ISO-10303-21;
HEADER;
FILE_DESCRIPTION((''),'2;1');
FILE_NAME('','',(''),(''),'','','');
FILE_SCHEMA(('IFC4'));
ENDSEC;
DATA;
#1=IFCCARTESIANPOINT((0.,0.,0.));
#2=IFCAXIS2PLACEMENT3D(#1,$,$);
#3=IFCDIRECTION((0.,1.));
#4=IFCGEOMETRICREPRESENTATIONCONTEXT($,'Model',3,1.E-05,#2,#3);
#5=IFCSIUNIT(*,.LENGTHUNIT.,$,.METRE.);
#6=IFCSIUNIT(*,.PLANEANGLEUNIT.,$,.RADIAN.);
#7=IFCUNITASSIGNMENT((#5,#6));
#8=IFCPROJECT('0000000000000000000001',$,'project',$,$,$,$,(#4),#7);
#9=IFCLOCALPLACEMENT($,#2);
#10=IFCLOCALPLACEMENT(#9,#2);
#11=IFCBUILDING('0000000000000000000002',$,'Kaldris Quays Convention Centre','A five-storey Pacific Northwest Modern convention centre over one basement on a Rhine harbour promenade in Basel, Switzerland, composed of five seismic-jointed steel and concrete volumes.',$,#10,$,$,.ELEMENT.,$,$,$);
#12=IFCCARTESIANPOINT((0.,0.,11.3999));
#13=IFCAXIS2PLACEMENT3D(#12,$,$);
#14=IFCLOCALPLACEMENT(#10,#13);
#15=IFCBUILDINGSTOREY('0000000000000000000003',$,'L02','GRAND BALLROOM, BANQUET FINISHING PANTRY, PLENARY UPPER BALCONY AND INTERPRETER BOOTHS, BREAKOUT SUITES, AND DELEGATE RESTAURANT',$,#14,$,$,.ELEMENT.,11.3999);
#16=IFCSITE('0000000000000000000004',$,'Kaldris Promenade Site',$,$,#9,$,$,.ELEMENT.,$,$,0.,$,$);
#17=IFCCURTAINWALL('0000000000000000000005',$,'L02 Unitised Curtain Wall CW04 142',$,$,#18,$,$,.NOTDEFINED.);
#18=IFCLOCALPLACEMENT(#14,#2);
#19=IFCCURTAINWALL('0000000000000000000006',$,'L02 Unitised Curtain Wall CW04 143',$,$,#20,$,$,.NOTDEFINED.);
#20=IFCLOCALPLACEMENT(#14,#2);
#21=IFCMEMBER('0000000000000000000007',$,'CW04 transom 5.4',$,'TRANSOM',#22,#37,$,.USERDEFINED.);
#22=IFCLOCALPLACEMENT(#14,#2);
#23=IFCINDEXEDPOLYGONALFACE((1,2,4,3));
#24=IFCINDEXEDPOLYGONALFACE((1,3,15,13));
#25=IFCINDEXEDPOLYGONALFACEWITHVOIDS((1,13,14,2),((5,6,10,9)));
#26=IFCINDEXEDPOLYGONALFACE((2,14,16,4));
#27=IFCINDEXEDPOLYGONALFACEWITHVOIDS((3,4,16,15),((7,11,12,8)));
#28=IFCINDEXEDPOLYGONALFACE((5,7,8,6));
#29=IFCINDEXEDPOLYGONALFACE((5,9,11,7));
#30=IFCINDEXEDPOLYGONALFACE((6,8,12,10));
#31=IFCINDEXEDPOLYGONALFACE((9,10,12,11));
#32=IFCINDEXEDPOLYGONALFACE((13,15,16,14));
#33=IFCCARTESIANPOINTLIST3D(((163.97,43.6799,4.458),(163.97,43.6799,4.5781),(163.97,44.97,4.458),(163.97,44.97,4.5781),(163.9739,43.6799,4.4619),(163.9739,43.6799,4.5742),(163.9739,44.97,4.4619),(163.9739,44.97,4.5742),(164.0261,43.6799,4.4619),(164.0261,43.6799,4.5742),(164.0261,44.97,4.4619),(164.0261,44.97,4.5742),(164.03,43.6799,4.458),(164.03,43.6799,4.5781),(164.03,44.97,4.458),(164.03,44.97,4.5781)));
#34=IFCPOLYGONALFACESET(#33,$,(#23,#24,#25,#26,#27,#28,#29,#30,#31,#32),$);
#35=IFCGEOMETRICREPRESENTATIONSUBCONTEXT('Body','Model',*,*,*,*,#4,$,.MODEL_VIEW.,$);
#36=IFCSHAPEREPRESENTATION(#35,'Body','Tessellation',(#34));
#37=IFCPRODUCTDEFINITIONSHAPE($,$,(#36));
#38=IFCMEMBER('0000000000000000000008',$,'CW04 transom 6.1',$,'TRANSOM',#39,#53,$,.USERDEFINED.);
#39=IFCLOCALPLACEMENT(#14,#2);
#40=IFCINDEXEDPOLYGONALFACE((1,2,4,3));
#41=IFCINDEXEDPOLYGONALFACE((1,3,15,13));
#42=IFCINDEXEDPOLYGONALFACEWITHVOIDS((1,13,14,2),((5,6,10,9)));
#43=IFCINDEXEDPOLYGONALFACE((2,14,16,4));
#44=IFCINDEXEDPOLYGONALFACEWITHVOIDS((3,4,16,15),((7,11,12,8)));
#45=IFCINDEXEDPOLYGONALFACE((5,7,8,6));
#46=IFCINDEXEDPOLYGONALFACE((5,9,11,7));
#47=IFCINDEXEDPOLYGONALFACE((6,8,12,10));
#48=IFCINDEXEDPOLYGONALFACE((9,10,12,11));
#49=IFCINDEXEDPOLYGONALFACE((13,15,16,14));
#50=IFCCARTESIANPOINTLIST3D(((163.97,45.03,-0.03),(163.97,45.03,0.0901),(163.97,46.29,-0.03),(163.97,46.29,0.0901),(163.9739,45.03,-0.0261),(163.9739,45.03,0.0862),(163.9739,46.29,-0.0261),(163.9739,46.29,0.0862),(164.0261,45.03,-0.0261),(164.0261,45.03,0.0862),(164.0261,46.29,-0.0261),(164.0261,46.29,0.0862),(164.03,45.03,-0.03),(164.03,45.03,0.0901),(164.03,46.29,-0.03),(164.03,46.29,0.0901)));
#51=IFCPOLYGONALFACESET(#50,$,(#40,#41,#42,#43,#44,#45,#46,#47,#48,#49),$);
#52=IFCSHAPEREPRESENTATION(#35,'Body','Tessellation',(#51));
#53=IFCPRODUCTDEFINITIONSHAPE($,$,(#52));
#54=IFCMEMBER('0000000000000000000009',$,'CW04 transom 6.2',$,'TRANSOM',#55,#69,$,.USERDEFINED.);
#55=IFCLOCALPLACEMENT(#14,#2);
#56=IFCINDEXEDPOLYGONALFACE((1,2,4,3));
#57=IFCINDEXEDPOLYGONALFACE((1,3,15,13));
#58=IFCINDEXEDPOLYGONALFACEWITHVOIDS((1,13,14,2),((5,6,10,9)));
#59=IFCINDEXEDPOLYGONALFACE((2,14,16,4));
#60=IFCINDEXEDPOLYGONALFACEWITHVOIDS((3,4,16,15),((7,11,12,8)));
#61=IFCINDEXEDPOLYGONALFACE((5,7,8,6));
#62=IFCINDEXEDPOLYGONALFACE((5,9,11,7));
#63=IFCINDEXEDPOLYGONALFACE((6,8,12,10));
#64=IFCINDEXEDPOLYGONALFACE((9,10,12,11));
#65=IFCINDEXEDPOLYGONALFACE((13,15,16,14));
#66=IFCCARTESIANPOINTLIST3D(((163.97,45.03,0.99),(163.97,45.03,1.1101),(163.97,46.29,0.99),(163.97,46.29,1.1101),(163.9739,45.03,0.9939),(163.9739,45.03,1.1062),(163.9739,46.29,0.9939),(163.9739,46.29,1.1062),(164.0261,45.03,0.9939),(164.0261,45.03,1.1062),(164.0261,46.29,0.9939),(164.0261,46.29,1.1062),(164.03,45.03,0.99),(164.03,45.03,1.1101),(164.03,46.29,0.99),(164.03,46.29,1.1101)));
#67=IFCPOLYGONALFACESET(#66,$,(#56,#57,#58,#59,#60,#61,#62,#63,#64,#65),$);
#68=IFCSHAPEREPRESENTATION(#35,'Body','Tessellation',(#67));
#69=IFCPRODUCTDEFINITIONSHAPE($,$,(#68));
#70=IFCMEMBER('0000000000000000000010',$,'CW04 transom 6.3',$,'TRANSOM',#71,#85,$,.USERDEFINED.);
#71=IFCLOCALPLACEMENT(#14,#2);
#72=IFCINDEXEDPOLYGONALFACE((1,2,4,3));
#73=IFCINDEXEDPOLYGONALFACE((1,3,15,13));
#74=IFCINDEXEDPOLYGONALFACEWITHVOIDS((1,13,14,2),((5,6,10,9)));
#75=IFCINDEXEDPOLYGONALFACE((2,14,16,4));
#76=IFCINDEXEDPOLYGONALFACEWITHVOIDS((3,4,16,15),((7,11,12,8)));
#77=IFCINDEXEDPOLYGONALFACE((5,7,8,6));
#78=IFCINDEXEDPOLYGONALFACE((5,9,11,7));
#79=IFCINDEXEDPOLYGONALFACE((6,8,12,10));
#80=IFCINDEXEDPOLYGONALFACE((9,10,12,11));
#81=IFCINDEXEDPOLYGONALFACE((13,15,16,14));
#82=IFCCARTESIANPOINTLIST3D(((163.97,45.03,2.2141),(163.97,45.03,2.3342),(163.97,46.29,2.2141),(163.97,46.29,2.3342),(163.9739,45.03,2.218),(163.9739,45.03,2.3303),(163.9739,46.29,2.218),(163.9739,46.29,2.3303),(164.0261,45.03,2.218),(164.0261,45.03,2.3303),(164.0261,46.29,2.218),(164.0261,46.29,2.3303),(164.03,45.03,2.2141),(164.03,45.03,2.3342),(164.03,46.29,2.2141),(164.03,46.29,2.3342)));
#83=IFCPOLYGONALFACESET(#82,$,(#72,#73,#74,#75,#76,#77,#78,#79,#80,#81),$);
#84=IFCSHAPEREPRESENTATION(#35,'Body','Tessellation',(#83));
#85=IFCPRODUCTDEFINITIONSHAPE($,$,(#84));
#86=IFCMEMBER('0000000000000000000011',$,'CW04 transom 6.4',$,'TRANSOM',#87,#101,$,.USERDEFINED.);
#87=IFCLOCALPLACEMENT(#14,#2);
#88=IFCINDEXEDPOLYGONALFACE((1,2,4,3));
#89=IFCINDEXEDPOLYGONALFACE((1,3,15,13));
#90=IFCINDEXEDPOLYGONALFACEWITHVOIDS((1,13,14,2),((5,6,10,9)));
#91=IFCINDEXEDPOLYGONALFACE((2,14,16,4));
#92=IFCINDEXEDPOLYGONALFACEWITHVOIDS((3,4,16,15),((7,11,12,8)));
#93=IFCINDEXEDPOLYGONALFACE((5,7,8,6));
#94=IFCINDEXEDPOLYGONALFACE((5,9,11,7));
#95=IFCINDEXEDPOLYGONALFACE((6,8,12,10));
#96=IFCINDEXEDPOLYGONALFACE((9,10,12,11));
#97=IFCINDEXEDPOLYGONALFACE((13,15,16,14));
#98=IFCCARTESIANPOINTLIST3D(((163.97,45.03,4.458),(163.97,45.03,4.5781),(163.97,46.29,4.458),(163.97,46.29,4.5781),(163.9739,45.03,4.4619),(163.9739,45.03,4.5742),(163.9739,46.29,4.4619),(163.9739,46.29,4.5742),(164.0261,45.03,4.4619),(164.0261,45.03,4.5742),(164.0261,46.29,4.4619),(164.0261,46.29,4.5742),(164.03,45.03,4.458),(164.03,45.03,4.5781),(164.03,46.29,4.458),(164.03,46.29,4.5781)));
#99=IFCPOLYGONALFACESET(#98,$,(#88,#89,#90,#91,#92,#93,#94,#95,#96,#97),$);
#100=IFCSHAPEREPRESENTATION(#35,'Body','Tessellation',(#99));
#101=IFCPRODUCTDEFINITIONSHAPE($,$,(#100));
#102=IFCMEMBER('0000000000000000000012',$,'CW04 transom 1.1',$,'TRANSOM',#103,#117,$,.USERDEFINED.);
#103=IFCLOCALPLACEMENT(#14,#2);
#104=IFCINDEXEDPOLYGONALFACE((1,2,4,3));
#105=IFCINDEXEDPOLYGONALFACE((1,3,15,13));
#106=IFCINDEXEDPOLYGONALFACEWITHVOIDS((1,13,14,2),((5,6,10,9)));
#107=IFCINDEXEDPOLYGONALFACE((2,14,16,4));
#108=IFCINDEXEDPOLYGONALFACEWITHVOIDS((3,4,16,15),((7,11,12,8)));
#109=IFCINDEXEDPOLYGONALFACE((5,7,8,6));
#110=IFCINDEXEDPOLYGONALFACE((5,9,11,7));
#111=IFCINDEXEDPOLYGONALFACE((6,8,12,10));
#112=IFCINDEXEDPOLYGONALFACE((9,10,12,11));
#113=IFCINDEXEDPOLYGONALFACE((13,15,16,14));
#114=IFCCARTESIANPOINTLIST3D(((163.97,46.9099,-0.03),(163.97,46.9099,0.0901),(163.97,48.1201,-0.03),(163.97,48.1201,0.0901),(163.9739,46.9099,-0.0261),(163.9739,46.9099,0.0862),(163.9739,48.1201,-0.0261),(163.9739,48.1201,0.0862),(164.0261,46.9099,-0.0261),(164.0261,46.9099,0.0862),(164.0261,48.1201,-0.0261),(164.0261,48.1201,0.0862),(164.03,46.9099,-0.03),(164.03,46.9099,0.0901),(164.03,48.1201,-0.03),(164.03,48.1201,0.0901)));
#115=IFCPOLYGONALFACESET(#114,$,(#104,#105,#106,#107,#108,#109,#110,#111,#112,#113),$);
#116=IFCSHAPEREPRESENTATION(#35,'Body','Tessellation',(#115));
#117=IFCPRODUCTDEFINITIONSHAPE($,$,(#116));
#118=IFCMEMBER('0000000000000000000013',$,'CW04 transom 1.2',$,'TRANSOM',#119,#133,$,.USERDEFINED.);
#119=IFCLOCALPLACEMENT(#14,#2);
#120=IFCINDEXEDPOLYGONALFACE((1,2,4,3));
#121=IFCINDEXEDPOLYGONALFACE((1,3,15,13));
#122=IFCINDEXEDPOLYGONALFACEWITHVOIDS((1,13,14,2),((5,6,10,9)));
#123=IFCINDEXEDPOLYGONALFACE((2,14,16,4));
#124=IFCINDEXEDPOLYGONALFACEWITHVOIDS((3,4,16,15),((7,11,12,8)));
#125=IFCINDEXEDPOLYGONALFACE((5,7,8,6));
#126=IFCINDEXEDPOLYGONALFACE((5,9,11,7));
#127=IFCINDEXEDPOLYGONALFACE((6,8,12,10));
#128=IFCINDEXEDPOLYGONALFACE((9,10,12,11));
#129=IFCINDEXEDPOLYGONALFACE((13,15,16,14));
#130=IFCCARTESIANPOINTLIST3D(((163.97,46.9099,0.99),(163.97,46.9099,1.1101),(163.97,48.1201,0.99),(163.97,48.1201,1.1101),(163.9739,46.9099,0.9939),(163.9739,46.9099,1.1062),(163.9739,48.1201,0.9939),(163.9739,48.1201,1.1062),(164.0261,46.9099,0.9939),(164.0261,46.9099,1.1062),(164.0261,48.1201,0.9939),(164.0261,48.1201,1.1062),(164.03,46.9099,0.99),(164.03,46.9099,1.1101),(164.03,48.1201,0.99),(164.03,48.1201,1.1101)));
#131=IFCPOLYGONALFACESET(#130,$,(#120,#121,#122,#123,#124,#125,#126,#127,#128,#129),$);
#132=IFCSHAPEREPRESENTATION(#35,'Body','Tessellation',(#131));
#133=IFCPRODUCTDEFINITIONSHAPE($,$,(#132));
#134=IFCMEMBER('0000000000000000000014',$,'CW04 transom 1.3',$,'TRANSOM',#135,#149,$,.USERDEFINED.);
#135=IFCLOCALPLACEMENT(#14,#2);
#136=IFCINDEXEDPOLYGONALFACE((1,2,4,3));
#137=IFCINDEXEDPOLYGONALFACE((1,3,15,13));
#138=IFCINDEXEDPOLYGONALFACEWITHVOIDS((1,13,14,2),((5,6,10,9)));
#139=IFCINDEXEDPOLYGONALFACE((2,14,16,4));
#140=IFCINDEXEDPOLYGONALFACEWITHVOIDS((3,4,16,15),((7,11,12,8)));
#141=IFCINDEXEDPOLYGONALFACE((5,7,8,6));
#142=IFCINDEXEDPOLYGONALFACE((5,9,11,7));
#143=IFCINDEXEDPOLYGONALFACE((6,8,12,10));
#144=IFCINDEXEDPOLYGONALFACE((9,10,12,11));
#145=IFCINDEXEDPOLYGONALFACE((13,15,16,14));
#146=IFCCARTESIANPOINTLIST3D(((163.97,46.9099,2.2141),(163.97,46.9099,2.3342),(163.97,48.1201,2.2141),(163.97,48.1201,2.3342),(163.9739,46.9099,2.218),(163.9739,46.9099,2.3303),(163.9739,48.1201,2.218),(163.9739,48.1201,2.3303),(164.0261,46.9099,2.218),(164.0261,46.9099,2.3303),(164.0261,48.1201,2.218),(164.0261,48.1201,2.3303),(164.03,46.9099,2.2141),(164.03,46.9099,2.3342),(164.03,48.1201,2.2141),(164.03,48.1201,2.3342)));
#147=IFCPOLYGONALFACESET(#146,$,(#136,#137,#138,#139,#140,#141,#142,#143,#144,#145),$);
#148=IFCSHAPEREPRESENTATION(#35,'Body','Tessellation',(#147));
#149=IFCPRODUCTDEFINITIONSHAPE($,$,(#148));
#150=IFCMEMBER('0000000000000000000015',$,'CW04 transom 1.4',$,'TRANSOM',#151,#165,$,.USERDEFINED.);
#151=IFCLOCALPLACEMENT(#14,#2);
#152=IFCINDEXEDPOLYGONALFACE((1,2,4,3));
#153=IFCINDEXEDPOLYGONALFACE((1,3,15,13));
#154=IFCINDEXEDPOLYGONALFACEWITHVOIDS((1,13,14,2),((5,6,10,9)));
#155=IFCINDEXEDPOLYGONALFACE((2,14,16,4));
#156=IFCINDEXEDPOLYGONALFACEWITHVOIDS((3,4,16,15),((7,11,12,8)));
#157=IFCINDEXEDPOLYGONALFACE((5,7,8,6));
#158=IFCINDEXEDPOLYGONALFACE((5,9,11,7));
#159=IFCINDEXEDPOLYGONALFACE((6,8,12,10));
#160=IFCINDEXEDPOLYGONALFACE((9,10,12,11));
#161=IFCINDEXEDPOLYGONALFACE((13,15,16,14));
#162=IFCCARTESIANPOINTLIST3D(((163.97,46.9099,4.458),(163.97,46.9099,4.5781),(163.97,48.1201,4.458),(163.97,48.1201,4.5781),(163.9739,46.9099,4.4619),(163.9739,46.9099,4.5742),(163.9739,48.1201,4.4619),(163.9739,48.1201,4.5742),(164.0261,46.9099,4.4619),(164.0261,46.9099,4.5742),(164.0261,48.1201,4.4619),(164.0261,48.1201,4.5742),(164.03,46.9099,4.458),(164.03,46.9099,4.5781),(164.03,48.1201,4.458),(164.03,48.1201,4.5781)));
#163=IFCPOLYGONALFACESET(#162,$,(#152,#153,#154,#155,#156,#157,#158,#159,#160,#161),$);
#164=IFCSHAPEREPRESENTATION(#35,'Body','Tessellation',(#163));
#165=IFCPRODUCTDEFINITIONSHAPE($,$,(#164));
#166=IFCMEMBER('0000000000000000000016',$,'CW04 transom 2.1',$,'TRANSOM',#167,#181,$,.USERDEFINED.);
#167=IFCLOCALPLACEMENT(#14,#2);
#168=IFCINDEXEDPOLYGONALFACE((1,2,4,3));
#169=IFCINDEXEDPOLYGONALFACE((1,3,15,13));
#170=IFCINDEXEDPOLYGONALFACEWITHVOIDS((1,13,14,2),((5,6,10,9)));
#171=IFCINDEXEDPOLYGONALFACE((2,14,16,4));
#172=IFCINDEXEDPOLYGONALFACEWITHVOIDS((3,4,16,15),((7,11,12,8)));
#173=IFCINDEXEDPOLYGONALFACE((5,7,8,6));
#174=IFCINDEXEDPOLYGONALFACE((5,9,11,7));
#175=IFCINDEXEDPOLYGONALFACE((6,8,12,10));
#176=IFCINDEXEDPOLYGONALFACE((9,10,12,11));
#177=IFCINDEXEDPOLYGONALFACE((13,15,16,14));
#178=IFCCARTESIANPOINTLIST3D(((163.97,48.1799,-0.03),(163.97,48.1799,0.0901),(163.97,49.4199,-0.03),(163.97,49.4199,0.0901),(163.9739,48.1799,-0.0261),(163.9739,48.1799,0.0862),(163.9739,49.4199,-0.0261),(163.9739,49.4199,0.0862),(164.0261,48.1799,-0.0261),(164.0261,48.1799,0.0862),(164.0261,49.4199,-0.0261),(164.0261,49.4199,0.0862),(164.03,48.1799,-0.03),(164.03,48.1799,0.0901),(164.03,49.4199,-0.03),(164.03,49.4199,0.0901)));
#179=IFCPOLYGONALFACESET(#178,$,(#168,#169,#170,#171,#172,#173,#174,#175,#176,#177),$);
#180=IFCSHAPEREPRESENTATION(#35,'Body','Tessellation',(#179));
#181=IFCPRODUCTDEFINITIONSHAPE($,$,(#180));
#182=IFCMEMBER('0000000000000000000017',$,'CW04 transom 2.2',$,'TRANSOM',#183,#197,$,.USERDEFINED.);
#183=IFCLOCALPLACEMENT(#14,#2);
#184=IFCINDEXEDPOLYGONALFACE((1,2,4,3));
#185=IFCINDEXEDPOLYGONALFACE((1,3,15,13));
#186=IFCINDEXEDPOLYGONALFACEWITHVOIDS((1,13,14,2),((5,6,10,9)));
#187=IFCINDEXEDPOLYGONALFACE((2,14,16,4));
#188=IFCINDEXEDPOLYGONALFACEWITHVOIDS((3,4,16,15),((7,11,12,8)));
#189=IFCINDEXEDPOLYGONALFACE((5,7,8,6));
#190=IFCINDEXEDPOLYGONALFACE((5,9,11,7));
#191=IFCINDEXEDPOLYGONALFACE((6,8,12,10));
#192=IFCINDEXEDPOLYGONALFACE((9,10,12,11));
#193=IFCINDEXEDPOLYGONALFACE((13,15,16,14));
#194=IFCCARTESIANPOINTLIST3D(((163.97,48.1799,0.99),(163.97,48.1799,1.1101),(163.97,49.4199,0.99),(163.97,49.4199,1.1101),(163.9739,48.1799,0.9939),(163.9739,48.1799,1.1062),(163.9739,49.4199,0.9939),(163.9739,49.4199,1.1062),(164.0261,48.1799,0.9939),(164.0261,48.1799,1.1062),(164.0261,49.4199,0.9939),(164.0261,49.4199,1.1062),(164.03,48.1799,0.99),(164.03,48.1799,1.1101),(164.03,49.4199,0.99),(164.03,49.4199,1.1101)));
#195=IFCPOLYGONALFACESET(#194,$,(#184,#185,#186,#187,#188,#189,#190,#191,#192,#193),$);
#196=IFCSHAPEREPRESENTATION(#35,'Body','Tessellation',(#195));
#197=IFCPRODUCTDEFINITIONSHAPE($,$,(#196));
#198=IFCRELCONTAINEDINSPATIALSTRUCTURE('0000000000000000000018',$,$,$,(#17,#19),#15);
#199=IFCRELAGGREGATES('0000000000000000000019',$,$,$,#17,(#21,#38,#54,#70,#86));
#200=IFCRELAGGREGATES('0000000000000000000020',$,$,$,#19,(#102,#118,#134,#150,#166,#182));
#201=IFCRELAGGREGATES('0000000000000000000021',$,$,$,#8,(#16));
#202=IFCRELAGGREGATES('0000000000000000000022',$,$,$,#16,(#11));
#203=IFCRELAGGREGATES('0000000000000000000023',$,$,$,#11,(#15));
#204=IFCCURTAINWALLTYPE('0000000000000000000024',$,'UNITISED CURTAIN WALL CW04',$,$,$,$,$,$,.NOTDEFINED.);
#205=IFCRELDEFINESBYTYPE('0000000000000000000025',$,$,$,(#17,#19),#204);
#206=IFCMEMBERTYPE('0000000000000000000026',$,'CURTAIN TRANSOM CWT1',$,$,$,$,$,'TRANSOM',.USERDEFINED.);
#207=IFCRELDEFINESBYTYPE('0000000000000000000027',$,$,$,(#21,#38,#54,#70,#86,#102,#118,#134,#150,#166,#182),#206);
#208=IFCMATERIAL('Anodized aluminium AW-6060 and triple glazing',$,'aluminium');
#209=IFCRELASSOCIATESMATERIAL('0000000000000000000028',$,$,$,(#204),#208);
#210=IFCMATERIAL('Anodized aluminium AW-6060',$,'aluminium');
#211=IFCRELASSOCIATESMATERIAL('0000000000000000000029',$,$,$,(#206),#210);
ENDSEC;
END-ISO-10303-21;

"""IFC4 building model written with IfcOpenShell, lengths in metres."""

from ifc_helpers import new_model, si_unit, direction, frame, origin, origin_2d, place, context, subcontext, project, spatial, hollow_rectangle, extrude, material, material_profile, profile_set, type_object, element, aggregate, save


model = new_model("IFC4")

# Units and contexts
model_context = context("Model", 3, precision=1e-05, world=origin(), true_north=direction((0.0, 1.0)))
body_context = subcontext(model_context, "Body", "Model", "MODEL_VIEW")
ifc_project = project(units=[si_unit("LENGTHUNIT", "METRE"), si_unit("PLANEANGLEUNIT", "RADIAN")], contexts=[model_context])

# Site, building, storey
site_placement = place(None, origin())
site = spatial("IfcSite", under=ifc_project, at=site_placement, Name="Kaldris Promenade Site", CompositionType="ELEMENT", RefElevation=0.0)
building_placement = place(site_placement, origin())
building = spatial("IfcBuilding", under=site, at=building_placement, Name="Kaldris Quays Convention Centre", Description="A five-storey Pacific Northwest Modern convention centre over one basement on a Rhine harbour promenade in Basel, Switzerland, composed of five seismic-jointed steel and concrete volumes.", CompositionType="ELEMENT")
storey_placement = place(building_placement, frame((0.0, 0.0, 11.3999)))
storey = spatial("IfcBuildingStorey", under=building, at=storey_placement, Name="L02", Description="GRAND BALLROOM, BANQUET FINISHING PANTRY, PLENARY UPPER BALCONY AND INTERPRETER BOOTHS, BREAKOUT SUITES, AND DELEGATE RESTAURANT", CompositionType="ELEMENT", Elevation=11.3999)

# Curtain walls
ifc_material_1 = material(Name="Anodized aluminium AW-6060 and triple glazing", Category="aluminium")
curtain_wall_type = type_object("IfcCurtainWallType", Name="UNITISED CURTAIN WALL CW04", PredefinedType="NOTDEFINED", material=ifc_material_1)
curtain_wall_1_placement = place(storey_placement, origin())
curtain_wall_1 = element("IfcCurtainWall", 1, at=curtain_wall_1_placement, inside=storey, type_object=curtain_wall_type, Name="L02 Unitised Curtain Wall CW04 142", PredefinedType="NOTDEFINED")
ifc_material_2 = material(Name="Anodized aluminium AW-6060", Category="aluminium")
curtain_wall_2_placement = place(storey_placement, origin())
curtain_wall_2 = element("IfcCurtainWall", 2, at=curtain_wall_2_placement, inside=storey, type_object=curtain_wall_type, Name="L02 Unitised Curtain Wall CW04 143", PredefinedType="NOTDEFINED")

# Members
ifc_material_profile_1 = material_profile(ifc_material_2, hollow_rectangle(XDim=0.0601, YDim=0.1201, WallThickness=0.0039, at=origin_2d()), Name="RHS 120x60x4")
ifc_profile_set_1 = profile_set([ifc_material_profile_1], Name="Anodized aluminium AW-6060")
member_type_1 = type_object("IfcMemberType", Name="CURTAIN TRANSOM CWT1", ElementType="TRANSOM", PredefinedType="USERDEFINED", material=ifc_profile_set_1)
member_1_placement = place(storey_placement, frame((164.0, 43.6799, 4.5181), z_axis=(0.0, 1.0, 0.0), x_axis=(-1.0, 0.0, 0.0)))
member_1 = element("IfcMember", 3, at=member_1_placement, type_object=member_type_1, Name="CW04 transom 5.4", ObjectType="TRANSOM", PredefinedType="USERDEFINED", context=body_context, shape_type="SweptSolid", body=[
    extrude(hollow_rectangle(XDim=0.0601, YDim=0.1201, WallThickness=0.0039, at=origin_2d()), origin(), (0.0, 0.0, 1.0), 1.29),
])
member_2_placement = place(storey_placement, frame((164.0, 45.03, 0.03), z_axis=(0.0, 1.0, 0.0), x_axis=(-1.0, 0.0, 0.0)))
member_2 = element("IfcMember", 4, at=member_2_placement, type_object=member_type_1, Name="CW04 transom 6.1", ObjectType="TRANSOM", PredefinedType="USERDEFINED", context=body_context, shape_type="SweptSolid", body=[
    extrude(hollow_rectangle(XDim=0.0601, YDim=0.1201, WallThickness=0.0039, at=origin_2d()), origin(), (0.0, 0.0, 1.0), 1.26),
])
member_3_placement = place(storey_placement, frame((164.0, 45.03, 1.05), z_axis=(0.0, 1.0, 0.0), x_axis=(-1.0, 0.0, 0.0)))
member_3 = element("IfcMember", 5, at=member_3_placement, type_object=member_type_1, Name="CW04 transom 6.2", ObjectType="TRANSOM", PredefinedType="USERDEFINED", context=body_context, shape_type="SweptSolid", body=[
    extrude(hollow_rectangle(XDim=0.0601, YDim=0.1201, WallThickness=0.0039, at=origin_2d()), origin(), (0.0, 0.0, 1.0), 1.26),
])
member_4_placement = place(storey_placement, frame((164.0, 45.03, 2.2742), z_axis=(0.0, 1.0, 0.0), x_axis=(-1.0, 0.0, 0.0)))
member_4 = element("IfcMember", 6, at=member_4_placement, type_object=member_type_1, Name="CW04 transom 6.3", ObjectType="TRANSOM", PredefinedType="USERDEFINED", context=body_context, shape_type="SweptSolid", body=[
    extrude(hollow_rectangle(XDim=0.0601, YDim=0.1201, WallThickness=0.0039, at=origin_2d()), origin(), (0.0, 0.0, 1.0), 1.26),
])
member_5_placement = place(storey_placement, frame((164.0, 45.03, 4.5181), z_axis=(0.0, 1.0, 0.0), x_axis=(-1.0, 0.0, 0.0)))
member_5 = element("IfcMember", 7, at=member_5_placement, type_object=member_type_1, Name="CW04 transom 6.4", ObjectType="TRANSOM", PredefinedType="USERDEFINED", context=body_context, shape_type="SweptSolid", body=[
    extrude(hollow_rectangle(XDim=0.0601, YDim=0.1201, WallThickness=0.0039, at=origin_2d()), origin(), (0.0, 0.0, 1.0), 1.26),
])
member_6_placement = place(storey_placement, frame((164.0, 46.9099, 0.03), z_axis=(0.0, 1.0, 0.0), x_axis=(-1.0, 0.0, 0.0)))
member_6 = element("IfcMember", 8, at=member_6_placement, type_object=member_type_1, Name="CW04 transom 1.1", ObjectType="TRANSOM", PredefinedType="USERDEFINED", context=body_context, shape_type="SweptSolid", body=[
    extrude(hollow_rectangle(XDim=0.0601, YDim=0.1201, WallThickness=0.0039, at=origin_2d()), origin(), (0.0, 0.0, 1.0), 1.2102),
])
member_7_placement = place(storey_placement, frame((164.0, 46.9099, 1.05), z_axis=(0.0, 1.0, 0.0), x_axis=(-1.0, 0.0, 0.0)))
member_7 = element("IfcMember", 9, at=member_7_placement, type_object=member_type_1, Name="CW04 transom 1.2", ObjectType="TRANSOM", PredefinedType="USERDEFINED", context=body_context, shape_type="SweptSolid", body=[
    extrude(hollow_rectangle(XDim=0.0601, YDim=0.1201, WallThickness=0.0039, at=origin_2d()), origin(), (0.0, 0.0, 1.0), 1.2102),
])
member_8_placement = place(storey_placement, frame((164.0, 46.9099, 2.2742), z_axis=(0.0, 1.0, 0.0), x_axis=(-1.0, 0.0, 0.0)))
member_8 = element("IfcMember", 10, at=member_8_placement, type_object=member_type_1, Name="CW04 transom 1.3", ObjectType="TRANSOM", PredefinedType="USERDEFINED", context=body_context, shape_type="SweptSolid", body=[
    extrude(hollow_rectangle(XDim=0.0601, YDim=0.1201, WallThickness=0.0039, at=origin_2d()), origin(), (0.0, 0.0, 1.0), 1.2102),
])
member_9_placement = place(storey_placement, frame((164.0, 46.9099, 4.5181), z_axis=(0.0, 1.0, 0.0), x_axis=(-1.0, 0.0, 0.0)))
member_9 = element("IfcMember", 11, at=member_9_placement, type_object=member_type_1, Name="CW04 transom 1.4", ObjectType="TRANSOM", PredefinedType="USERDEFINED", context=body_context, shape_type="SweptSolid", body=[
    extrude(hollow_rectangle(XDim=0.0601, YDim=0.1201, WallThickness=0.0039, at=origin_2d()), origin(), (0.0, 0.0, 1.0), 1.2102),
])
member_10_placement = place(storey_placement, frame((164.0, 48.1799, 0.03), z_axis=(0.0, 1.0, 0.0), x_axis=(-1.0, 0.0, 0.0)))
member_10 = element("IfcMember", 12, at=member_10_placement, type_object=member_type_1, Name="CW04 transom 2.1", ObjectType="TRANSOM", PredefinedType="USERDEFINED", context=body_context, shape_type="SweptSolid", body=[
    extrude(hollow_rectangle(XDim=0.0601, YDim=0.1201, WallThickness=0.0039, at=origin_2d()), origin(), (0.0, 0.0, 1.0), 1.24),
])
member_11_placement = place(storey_placement, frame((164.0, 48.1799, 1.05), z_axis=(0.0, 1.0, 0.0), x_axis=(-1.0, 0.0, 0.0)))
member_11 = element("IfcMember", 13, at=member_11_placement, type_object=member_type_1, Name="CW04 transom 2.2", ObjectType="TRANSOM", PredefinedType="USERDEFINED", context=body_context, shape_type="SweptSolid", body=[
    extrude(hollow_rectangle(XDim=0.0601, YDim=0.1201, WallThickness=0.0039, at=origin_2d()), origin(), (0.0, 0.0, 1.0), 1.24),
])

aggregate(curtain_wall_1, [member_1, member_2, member_3, member_4, member_5])
aggregate(curtain_wall_2, [member_6, member_7, member_8, member_9, member_10, member_11])

save(model, "model.ifc")
